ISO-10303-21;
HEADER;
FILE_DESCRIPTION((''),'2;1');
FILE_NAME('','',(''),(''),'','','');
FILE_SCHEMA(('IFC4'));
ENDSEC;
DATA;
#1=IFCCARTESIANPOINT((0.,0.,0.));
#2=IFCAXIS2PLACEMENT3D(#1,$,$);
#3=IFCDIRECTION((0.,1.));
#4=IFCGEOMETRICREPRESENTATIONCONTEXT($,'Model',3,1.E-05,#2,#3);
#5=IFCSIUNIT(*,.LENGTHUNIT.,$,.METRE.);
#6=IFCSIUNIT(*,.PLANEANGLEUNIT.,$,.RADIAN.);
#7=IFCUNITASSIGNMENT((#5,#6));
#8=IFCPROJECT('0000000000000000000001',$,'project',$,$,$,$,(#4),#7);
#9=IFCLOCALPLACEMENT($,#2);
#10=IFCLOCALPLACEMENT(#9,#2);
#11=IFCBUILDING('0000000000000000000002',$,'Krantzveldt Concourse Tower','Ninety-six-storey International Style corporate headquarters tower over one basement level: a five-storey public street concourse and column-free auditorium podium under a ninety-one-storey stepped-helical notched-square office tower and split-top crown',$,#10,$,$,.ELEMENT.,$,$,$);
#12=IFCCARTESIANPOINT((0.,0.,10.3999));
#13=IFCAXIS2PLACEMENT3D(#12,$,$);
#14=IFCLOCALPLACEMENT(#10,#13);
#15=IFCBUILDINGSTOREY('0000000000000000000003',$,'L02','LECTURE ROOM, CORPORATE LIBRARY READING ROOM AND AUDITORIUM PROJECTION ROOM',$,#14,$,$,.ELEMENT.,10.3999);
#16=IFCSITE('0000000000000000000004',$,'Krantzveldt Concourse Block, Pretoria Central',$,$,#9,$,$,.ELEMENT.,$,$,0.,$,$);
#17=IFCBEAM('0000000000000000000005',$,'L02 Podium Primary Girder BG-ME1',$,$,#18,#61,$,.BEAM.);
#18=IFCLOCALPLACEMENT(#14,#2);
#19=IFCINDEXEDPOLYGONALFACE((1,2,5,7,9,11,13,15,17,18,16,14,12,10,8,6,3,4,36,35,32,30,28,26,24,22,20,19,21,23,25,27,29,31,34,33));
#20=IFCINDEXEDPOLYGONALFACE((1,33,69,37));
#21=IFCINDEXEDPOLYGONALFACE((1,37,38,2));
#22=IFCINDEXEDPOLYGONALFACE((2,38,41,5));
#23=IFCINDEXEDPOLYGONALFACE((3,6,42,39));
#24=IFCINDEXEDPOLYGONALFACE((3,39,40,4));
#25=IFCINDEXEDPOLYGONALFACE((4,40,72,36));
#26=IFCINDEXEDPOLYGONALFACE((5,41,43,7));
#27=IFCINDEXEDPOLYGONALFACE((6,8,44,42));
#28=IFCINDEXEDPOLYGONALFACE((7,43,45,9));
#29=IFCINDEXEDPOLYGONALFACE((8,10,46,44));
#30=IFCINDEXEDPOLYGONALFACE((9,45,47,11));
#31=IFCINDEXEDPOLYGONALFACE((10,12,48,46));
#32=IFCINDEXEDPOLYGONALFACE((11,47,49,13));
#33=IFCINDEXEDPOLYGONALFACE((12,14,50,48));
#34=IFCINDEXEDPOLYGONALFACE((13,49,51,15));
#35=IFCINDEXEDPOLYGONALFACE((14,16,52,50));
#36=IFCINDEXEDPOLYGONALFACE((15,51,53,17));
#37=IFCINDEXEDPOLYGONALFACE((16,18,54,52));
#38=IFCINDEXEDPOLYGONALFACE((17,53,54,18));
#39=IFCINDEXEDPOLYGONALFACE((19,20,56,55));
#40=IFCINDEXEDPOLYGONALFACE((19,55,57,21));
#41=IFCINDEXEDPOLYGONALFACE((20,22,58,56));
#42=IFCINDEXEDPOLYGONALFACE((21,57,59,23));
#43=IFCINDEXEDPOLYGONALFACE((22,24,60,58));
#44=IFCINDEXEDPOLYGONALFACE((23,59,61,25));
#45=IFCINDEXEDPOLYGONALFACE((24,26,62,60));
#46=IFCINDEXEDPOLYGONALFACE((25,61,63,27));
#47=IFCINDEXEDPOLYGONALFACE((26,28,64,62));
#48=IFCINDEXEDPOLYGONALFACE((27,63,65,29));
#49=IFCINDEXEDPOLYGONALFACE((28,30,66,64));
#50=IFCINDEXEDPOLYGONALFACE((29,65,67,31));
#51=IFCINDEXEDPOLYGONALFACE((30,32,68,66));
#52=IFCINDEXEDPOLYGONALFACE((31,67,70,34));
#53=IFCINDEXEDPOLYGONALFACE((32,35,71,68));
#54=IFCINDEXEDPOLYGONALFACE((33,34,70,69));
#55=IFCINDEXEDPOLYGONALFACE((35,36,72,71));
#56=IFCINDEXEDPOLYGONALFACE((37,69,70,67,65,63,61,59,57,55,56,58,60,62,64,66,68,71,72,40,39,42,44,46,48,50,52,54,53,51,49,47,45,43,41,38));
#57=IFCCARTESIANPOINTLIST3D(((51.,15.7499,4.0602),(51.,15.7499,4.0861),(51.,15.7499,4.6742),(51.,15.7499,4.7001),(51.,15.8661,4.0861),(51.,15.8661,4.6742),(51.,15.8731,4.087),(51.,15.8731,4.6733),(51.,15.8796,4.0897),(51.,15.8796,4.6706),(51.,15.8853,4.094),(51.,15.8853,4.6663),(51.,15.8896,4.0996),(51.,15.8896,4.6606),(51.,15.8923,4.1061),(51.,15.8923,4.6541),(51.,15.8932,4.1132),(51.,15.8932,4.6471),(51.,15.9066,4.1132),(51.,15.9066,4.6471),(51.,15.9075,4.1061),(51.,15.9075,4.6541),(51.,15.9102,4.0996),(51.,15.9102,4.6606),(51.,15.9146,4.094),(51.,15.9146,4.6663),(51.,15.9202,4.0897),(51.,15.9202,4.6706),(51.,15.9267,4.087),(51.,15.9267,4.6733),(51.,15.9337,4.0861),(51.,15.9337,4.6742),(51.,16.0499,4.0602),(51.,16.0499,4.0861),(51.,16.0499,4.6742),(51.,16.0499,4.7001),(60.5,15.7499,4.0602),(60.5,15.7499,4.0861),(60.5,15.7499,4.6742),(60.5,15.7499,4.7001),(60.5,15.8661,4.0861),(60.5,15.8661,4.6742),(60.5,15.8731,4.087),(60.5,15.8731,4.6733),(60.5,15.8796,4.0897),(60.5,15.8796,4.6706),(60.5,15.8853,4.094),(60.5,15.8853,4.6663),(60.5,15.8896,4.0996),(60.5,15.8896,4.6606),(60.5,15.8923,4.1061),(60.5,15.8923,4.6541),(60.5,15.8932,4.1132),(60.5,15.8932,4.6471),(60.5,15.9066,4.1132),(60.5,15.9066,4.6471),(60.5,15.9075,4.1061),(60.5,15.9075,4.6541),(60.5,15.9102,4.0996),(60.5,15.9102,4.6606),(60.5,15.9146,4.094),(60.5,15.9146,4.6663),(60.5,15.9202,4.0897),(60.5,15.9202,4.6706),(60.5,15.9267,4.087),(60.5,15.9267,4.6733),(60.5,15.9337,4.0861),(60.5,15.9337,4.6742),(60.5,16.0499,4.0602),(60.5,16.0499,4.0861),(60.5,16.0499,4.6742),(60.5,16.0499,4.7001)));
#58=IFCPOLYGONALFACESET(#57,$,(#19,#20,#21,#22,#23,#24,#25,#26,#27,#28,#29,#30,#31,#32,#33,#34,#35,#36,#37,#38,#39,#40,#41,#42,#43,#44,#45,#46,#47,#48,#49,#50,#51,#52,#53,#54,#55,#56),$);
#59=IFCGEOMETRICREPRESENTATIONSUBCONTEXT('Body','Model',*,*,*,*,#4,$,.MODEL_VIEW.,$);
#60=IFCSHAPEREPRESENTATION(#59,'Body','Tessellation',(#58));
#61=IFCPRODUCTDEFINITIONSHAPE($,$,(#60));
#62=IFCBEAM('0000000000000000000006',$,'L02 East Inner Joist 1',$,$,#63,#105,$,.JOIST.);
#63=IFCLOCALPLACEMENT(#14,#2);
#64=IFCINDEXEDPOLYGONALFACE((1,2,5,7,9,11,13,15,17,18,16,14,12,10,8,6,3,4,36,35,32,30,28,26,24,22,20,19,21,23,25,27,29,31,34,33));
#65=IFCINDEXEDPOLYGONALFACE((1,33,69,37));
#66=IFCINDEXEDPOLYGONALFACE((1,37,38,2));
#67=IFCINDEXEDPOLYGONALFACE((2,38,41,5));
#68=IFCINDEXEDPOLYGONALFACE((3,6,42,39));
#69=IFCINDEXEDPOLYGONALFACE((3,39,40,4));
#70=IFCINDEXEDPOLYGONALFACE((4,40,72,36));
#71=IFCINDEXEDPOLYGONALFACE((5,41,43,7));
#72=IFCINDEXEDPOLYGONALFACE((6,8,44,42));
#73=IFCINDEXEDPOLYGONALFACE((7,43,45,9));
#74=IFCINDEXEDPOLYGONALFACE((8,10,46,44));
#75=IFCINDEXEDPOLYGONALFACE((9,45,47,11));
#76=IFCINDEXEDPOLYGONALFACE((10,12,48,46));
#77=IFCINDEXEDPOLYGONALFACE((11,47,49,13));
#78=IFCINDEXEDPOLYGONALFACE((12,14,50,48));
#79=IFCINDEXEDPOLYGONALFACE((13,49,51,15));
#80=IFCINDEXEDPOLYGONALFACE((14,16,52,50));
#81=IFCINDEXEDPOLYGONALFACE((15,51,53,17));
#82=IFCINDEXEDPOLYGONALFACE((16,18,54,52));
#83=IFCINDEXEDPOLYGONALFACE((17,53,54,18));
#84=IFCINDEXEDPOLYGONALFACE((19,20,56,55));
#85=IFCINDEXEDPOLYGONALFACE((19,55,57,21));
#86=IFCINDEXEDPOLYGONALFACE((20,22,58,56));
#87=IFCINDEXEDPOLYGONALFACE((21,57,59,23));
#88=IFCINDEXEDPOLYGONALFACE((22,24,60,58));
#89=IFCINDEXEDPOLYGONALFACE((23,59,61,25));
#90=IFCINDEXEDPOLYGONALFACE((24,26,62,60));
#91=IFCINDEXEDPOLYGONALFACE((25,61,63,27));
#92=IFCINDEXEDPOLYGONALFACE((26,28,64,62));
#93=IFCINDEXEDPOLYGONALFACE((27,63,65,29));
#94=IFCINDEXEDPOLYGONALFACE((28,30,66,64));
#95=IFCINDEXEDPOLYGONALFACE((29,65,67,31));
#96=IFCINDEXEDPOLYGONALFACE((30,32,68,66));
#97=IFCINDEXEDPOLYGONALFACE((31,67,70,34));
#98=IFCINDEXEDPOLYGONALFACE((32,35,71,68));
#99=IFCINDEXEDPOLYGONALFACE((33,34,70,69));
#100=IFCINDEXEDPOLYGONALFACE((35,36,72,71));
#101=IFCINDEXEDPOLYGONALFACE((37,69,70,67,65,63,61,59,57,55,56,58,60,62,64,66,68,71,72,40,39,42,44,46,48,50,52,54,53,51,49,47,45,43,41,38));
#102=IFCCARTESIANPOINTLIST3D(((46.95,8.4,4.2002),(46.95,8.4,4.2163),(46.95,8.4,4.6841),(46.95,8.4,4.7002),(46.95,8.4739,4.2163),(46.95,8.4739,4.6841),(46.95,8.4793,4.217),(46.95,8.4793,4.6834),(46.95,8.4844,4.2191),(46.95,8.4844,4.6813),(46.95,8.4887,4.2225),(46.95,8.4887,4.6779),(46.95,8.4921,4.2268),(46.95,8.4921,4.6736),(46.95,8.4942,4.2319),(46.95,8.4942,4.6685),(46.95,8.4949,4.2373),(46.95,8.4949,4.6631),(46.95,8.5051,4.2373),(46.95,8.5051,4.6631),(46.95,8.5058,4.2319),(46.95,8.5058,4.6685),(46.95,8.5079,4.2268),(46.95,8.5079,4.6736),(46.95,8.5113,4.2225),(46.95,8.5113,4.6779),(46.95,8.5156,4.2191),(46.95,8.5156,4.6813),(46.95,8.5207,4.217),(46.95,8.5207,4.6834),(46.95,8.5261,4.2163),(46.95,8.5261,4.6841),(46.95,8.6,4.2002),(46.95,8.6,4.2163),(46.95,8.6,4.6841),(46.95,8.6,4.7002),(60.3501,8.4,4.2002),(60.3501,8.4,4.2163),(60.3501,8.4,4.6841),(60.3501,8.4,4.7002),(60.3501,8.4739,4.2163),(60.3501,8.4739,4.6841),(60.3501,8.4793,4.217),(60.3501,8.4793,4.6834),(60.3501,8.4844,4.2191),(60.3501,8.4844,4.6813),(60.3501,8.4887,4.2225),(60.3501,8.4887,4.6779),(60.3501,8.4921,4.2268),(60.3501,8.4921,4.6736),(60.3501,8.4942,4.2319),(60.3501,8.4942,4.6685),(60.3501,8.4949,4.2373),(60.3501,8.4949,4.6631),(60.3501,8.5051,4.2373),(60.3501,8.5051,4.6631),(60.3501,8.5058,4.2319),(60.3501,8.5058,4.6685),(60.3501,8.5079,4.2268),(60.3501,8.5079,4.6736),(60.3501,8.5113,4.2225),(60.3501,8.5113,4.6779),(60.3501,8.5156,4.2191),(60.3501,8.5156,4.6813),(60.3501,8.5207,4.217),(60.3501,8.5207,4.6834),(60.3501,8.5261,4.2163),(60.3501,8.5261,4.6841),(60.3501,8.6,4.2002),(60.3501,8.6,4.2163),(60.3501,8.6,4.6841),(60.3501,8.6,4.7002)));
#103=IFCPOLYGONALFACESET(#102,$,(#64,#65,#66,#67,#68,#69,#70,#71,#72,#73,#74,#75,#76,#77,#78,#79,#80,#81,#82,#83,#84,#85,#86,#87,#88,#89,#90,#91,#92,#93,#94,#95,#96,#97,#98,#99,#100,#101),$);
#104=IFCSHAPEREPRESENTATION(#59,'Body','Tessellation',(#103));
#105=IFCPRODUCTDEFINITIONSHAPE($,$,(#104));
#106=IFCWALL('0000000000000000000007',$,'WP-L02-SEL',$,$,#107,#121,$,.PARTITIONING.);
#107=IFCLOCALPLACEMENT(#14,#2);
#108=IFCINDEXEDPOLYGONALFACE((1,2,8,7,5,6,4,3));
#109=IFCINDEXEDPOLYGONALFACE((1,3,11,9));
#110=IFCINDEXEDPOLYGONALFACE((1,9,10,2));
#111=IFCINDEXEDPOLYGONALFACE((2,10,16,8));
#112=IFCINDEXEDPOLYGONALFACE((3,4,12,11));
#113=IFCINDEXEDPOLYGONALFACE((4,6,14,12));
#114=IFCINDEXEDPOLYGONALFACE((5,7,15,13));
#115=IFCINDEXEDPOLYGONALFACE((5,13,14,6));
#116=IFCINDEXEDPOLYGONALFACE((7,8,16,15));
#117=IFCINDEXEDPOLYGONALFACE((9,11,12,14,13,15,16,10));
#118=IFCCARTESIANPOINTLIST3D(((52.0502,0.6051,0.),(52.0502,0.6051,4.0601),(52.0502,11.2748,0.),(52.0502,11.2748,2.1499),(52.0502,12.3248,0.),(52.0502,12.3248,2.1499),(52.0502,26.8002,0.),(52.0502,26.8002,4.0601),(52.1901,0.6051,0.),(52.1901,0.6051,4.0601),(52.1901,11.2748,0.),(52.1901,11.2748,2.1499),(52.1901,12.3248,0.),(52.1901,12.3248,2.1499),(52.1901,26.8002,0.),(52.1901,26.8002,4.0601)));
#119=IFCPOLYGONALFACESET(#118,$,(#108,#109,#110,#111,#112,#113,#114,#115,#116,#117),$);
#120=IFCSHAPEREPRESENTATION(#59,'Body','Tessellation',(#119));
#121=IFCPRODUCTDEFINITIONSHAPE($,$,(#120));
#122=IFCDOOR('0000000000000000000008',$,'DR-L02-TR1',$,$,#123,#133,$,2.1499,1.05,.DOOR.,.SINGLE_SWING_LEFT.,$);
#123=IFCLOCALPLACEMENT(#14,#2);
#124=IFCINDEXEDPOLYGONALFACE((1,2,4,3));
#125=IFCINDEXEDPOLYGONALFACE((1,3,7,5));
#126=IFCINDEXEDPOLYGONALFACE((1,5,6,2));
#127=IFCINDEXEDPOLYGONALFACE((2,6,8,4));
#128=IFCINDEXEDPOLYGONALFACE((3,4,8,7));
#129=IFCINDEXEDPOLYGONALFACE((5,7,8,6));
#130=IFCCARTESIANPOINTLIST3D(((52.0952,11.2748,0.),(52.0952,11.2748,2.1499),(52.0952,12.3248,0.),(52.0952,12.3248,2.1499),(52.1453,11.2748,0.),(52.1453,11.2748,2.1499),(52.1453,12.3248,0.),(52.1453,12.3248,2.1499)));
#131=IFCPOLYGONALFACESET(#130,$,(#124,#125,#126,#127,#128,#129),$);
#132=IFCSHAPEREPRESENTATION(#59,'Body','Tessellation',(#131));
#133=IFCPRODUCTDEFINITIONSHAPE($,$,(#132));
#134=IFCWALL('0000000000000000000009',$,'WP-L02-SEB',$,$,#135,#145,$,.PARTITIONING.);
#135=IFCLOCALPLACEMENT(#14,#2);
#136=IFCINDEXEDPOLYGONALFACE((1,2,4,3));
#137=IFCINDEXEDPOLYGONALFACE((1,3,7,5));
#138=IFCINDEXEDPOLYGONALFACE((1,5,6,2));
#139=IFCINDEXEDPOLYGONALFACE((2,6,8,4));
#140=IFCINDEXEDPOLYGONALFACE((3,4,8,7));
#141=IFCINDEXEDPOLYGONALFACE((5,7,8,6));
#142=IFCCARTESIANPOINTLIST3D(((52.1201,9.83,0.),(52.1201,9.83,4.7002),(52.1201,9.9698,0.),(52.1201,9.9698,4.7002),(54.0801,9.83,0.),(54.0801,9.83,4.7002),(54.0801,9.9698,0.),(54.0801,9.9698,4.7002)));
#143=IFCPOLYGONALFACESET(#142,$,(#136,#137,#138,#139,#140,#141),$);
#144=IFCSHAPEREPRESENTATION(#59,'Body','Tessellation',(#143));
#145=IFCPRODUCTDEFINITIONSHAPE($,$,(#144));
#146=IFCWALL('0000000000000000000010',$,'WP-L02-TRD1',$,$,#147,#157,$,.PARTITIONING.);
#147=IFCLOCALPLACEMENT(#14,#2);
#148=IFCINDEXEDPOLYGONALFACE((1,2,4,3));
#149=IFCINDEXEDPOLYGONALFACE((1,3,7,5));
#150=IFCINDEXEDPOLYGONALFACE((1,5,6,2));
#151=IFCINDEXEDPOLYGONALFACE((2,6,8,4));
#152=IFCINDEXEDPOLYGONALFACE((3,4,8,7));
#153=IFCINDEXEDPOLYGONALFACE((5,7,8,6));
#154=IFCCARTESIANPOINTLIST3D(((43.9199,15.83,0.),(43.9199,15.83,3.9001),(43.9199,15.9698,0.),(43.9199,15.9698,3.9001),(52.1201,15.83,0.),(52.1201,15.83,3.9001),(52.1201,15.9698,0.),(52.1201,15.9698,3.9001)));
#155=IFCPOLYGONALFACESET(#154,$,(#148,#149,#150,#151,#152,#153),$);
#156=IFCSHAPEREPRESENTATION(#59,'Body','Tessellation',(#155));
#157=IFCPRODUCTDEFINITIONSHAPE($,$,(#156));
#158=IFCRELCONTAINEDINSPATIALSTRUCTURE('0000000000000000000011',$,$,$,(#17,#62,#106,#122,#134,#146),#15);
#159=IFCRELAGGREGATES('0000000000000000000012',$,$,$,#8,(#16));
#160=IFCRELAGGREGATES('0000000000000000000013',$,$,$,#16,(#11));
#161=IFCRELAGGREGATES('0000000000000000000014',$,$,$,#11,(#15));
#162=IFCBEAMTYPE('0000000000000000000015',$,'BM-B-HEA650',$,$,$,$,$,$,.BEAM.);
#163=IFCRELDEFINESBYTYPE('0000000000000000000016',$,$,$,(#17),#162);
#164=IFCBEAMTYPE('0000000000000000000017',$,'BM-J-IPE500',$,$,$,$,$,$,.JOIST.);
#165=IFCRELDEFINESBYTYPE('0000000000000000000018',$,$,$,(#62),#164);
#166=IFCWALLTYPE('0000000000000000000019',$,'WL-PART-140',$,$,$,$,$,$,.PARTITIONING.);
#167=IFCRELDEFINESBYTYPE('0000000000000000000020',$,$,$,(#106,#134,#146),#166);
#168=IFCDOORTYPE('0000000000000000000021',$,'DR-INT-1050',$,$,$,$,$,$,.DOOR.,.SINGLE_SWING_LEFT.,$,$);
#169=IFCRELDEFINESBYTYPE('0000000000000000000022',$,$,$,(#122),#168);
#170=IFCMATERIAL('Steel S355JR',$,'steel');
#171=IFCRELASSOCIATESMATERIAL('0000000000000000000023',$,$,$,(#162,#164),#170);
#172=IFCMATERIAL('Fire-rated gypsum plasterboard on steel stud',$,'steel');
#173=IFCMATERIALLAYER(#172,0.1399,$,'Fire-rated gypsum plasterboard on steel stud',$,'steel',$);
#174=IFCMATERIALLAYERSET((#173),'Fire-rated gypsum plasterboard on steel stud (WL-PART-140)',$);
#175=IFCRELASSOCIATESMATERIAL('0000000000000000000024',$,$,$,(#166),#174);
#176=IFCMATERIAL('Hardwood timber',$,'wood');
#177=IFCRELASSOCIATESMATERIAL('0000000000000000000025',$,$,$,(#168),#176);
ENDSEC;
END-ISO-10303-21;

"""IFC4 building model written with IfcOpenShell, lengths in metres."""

from ifc_helpers import new_model, si_unit, direction, frame, frame_2d, origin, origin_2d, place, context, subcontext, project, spatial, rectangle, i_section, extrude, source, transform, mapped, material, layer, layer_set, material_profile, profile_set, type_object, type_shapes, element, fill, save


model = new_model("IFC4")

# Units and contexts
model_context = context("Model", 3, precision=1e-05, world=origin(), true_north=direction((0.0, 1.0)))
body_context = subcontext(model_context, "Body", "Model", "MODEL_VIEW")
ifc_project = project(units=[si_unit("LENGTHUNIT", "METRE"), si_unit("PLANEANGLEUNIT", "RADIAN")], contexts=[model_context])

# Site, building, storey
site_placement = place(None, origin())
site = spatial("IfcSite", under=ifc_project, at=site_placement, Name="Krantzveldt Concourse Block, Pretoria Central", CompositionType="ELEMENT", RefElevation=0.0)
building_placement = place(site_placement, origin())
building = spatial("IfcBuilding", under=site, at=building_placement, Name="Krantzveldt Concourse Tower", Description="Ninety-six-storey International Style corporate headquarters tower over one basement level: a five-storey public street concourse and column-free auditorium podium under a ninety-one-storey stepped-helical notched-square office tower and split-top crown", CompositionType="ELEMENT")
storey_placement = place(building_placement, frame((0.0, 0.0, 10.3999)))
storey = spatial("IfcBuildingStorey", under=building, at=storey_placement, Name="L02", Description="LECTURE ROOM, CORPORATE LIBRARY READING ROOM AND AUDITORIUM PROJECTION ROOM", CompositionType="ELEMENT", Elevation=10.3999)

# Beams
ifc_material_1 = material(Name="Steel S355JR", Category="steel")
ifc_material_profile_1 = material_profile(ifc_material_1, i_section(OverallWidth=0.3, OverallDepth=0.6399, WebThickness=0.0134, FlangeThickness=0.0259, FilletRadius=0.0271, at=origin_2d()), Name="Steel S355JR", Category="steel")
ifc_profile_set_1 = profile_set([ifc_material_profile_1], Name="Steel S355JR - HEA 650")
beam_type_1 = type_object("IfcBeamType", Name="BM-B-HEA650", PredefinedType="BEAM", material=ifc_profile_set_1)
shared_shape_1 = source(origin(), body_context, "Body", "SweptSolid", [
    extrude(i_section(OverallWidth=0.3, OverallDepth=0.6399, WebThickness=0.0134, FlangeThickness=0.0259, FilletRadius=0.0271, at=origin_2d()), origin(), (0.0, 0.0, 1.0), 9.5),
])
beam_1_placement = place(storey_placement, frame((51.0, 15.8999, 4.3801), z_axis=(1.0, 0.0, 0.0), x_axis=(0.0, 1.0, 0.0)))
element("IfcBeam", 1, at=beam_1_placement, inside=storey, type_object=beam_type_1, Name="L02 Podium Primary Girder BG-ME1", PredefinedType="BEAM", context=body_context, shape_type="MappedRepresentation", body=[
    mapped(shared_shape_1, transform((0.0, 0.0, 0.0), x_axis=(1.0, 0.0, 0.0), y_axis=(0.0, 1.0, 0.0), z_axis=(0.0, 0.0, 1.0), scale=1.0)),
])
ifc_material_profile_2 = material_profile(ifc_material_1, i_section(OverallWidth=0.2, OverallDepth=0.5, WebThickness=0.0103, FlangeThickness=0.0161, FilletRadius=0.021, at=origin_2d()), Name="Steel S355JR", Category="steel")
ifc_profile_set_2 = profile_set([ifc_material_profile_2], Name="Steel S355JR - IPE 500")
beam_type_2 = type_object("IfcBeamType", Name="BM-J-IPE500", PredefinedType="JOIST", material=ifc_profile_set_2)
shared_shape_2 = source(origin(), body_context, "Body", "SweptSolid", [
    extrude(i_section(OverallWidth=0.2, OverallDepth=0.5, WebThickness=0.0103, FlangeThickness=0.0161, FilletRadius=0.021, at=origin_2d()), origin(), (0.0, 0.0, 1.0), 13.4001),
])
type_shapes(beam_type_2, [shared_shape_2])
beam_2_placement = place(storey_placement, frame((46.95, 8.5, 4.4502), z_axis=(1.0, 0.0, 0.0), x_axis=(0.0, 1.0, 0.0)))
element("IfcBeam", 2, at=beam_2_placement, inside=storey, type_object=beam_type_2, Name="L02 East Inner Joist 1", PredefinedType="JOIST", context=body_context, shape_type="MappedRepresentation", body=[
    mapped(shared_shape_2, transform((0.0, 0.0, 0.0), x_axis=(1.0, 0.0, 0.0), y_axis=(0.0, 1.0, 0.0), z_axis=(0.0, 0.0, 1.0), scale=1.0)),
])

# Wall, opening, door
ifc_material_2 = material(Name="Fire-rated gypsum plasterboard on steel stud", Category="steel")
ifc_layer = layer(ifc_material_2, 0.1399, Name="Fire-rated gypsum plasterboard on steel stud", Category="steel")
ifc_layer_set = layer_set([ifc_layer], Name="Fire-rated gypsum plasterboard on steel stud (WL-PART-140)")
wall_type = type_object("IfcWallType", Name="WL-PART-140", PredefinedType="PARTITIONING", material=ifc_layer_set)
wall_1_placement = place(storey_placement, frame((52.1201, 0.605, 0.0), z_axis=(0.0, 0.0, 1.0), x_axis=(0.0, 1.0, 0.0)))
wall_1 = element("IfcWall", 3, at=wall_1_placement, inside=storey, type_object=wall_type, Name="WP-L02-SEL", PredefinedType="PARTITIONING", context=body_context, shape_type="SweptSolid", body=[
    extrude(rectangle(XDim=26.1951, YDim=0.1399, at=frame_2d((13.0977, 0.0))), origin(), (0.0, 0.0, 1.0), 4.0601),
])
opening_placement = place(wall_1_placement, frame((10.6699, 0.0, 0.0)))
opening = element("IfcOpeningElement", 4, at=opening_placement, cuts=wall_1, PredefinedType="OPENING", context=body_context, shape_type="SweptSolid", body=[
    extrude(rectangle(XDim=1.05, YDim=2.1499, at=frame_2d((0.5249, 1.075))), frame((0.0, 0.0801, 0.0), z_axis=(0.0, -1.0, 0.0), x_axis=(1.0, 0.0, 0.0)), (0.0, 0.0, 1.0), 0.1599),
])
ifc_material_3 = material(Name="Hardwood timber", Category="wood")
door_type = type_object("IfcDoorType", Name="DR-INT-1050", OperationType="SINGLE_SWING_LEFT", PredefinedType="DOOR", material=ifc_material_3)
door_placement = place(opening_placement, origin())
door = element("IfcDoor", 5, at=door_placement, inside=storey, type_object=door_type, Name="DR-L02-TR1", OperationType="SINGLE_SWING_LEFT", OverallHeight=2.1499, OverallWidth=1.05, PredefinedType="DOOR", context=body_context, shape_type="SweptSolid", body=[
    extrude(rectangle(XDim=1.05, YDim=2.1499, at=frame_2d((0.5249, 1.075))), frame((0.0, 0.0249, 0.0), z_axis=(0.0, -1.0, 0.0), x_axis=(1.0, 0.0, 0.0)), (0.0, 0.0, 1.0), 0.05),
])
fill(opening, door)

# Walls
wall_2_placement = place(storey_placement, frame((52.1201, 9.8999, 0.0), z_axis=(0.0, 0.0, 1.0), x_axis=(1.0, 0.0, 0.0)))
element("IfcWall", 6, at=wall_2_placement, inside=storey, type_object=wall_type, Name="WP-L02-SEB", PredefinedType="PARTITIONING", context=body_context, shape_type="SweptSolid", body=[
    extrude(rectangle(XDim=1.96, YDim=0.1399, at=frame_2d((0.98, 0.0))), origin(), (0.0, 0.0, 1.0), 4.7002),
])
wall_3_placement = place(storey_placement, frame((43.9199, 15.8999, 0.0), z_axis=(0.0, 0.0, 1.0), x_axis=(1.0, 0.0, 0.0)))
element("IfcWall", 7, at=wall_3_placement, inside=storey, type_object=wall_type, Name="WP-L02-TRD1", PredefinedType="PARTITIONING", context=body_context, shape_type="SweptSolid", body=[
    extrude(rectangle(XDim=8.2002, YDim=0.1399, at=frame_2d((4.1001, 0.0))), origin(), (0.0, 0.0, 1.0), 3.9001),
])

save(model, "model.ifc")
